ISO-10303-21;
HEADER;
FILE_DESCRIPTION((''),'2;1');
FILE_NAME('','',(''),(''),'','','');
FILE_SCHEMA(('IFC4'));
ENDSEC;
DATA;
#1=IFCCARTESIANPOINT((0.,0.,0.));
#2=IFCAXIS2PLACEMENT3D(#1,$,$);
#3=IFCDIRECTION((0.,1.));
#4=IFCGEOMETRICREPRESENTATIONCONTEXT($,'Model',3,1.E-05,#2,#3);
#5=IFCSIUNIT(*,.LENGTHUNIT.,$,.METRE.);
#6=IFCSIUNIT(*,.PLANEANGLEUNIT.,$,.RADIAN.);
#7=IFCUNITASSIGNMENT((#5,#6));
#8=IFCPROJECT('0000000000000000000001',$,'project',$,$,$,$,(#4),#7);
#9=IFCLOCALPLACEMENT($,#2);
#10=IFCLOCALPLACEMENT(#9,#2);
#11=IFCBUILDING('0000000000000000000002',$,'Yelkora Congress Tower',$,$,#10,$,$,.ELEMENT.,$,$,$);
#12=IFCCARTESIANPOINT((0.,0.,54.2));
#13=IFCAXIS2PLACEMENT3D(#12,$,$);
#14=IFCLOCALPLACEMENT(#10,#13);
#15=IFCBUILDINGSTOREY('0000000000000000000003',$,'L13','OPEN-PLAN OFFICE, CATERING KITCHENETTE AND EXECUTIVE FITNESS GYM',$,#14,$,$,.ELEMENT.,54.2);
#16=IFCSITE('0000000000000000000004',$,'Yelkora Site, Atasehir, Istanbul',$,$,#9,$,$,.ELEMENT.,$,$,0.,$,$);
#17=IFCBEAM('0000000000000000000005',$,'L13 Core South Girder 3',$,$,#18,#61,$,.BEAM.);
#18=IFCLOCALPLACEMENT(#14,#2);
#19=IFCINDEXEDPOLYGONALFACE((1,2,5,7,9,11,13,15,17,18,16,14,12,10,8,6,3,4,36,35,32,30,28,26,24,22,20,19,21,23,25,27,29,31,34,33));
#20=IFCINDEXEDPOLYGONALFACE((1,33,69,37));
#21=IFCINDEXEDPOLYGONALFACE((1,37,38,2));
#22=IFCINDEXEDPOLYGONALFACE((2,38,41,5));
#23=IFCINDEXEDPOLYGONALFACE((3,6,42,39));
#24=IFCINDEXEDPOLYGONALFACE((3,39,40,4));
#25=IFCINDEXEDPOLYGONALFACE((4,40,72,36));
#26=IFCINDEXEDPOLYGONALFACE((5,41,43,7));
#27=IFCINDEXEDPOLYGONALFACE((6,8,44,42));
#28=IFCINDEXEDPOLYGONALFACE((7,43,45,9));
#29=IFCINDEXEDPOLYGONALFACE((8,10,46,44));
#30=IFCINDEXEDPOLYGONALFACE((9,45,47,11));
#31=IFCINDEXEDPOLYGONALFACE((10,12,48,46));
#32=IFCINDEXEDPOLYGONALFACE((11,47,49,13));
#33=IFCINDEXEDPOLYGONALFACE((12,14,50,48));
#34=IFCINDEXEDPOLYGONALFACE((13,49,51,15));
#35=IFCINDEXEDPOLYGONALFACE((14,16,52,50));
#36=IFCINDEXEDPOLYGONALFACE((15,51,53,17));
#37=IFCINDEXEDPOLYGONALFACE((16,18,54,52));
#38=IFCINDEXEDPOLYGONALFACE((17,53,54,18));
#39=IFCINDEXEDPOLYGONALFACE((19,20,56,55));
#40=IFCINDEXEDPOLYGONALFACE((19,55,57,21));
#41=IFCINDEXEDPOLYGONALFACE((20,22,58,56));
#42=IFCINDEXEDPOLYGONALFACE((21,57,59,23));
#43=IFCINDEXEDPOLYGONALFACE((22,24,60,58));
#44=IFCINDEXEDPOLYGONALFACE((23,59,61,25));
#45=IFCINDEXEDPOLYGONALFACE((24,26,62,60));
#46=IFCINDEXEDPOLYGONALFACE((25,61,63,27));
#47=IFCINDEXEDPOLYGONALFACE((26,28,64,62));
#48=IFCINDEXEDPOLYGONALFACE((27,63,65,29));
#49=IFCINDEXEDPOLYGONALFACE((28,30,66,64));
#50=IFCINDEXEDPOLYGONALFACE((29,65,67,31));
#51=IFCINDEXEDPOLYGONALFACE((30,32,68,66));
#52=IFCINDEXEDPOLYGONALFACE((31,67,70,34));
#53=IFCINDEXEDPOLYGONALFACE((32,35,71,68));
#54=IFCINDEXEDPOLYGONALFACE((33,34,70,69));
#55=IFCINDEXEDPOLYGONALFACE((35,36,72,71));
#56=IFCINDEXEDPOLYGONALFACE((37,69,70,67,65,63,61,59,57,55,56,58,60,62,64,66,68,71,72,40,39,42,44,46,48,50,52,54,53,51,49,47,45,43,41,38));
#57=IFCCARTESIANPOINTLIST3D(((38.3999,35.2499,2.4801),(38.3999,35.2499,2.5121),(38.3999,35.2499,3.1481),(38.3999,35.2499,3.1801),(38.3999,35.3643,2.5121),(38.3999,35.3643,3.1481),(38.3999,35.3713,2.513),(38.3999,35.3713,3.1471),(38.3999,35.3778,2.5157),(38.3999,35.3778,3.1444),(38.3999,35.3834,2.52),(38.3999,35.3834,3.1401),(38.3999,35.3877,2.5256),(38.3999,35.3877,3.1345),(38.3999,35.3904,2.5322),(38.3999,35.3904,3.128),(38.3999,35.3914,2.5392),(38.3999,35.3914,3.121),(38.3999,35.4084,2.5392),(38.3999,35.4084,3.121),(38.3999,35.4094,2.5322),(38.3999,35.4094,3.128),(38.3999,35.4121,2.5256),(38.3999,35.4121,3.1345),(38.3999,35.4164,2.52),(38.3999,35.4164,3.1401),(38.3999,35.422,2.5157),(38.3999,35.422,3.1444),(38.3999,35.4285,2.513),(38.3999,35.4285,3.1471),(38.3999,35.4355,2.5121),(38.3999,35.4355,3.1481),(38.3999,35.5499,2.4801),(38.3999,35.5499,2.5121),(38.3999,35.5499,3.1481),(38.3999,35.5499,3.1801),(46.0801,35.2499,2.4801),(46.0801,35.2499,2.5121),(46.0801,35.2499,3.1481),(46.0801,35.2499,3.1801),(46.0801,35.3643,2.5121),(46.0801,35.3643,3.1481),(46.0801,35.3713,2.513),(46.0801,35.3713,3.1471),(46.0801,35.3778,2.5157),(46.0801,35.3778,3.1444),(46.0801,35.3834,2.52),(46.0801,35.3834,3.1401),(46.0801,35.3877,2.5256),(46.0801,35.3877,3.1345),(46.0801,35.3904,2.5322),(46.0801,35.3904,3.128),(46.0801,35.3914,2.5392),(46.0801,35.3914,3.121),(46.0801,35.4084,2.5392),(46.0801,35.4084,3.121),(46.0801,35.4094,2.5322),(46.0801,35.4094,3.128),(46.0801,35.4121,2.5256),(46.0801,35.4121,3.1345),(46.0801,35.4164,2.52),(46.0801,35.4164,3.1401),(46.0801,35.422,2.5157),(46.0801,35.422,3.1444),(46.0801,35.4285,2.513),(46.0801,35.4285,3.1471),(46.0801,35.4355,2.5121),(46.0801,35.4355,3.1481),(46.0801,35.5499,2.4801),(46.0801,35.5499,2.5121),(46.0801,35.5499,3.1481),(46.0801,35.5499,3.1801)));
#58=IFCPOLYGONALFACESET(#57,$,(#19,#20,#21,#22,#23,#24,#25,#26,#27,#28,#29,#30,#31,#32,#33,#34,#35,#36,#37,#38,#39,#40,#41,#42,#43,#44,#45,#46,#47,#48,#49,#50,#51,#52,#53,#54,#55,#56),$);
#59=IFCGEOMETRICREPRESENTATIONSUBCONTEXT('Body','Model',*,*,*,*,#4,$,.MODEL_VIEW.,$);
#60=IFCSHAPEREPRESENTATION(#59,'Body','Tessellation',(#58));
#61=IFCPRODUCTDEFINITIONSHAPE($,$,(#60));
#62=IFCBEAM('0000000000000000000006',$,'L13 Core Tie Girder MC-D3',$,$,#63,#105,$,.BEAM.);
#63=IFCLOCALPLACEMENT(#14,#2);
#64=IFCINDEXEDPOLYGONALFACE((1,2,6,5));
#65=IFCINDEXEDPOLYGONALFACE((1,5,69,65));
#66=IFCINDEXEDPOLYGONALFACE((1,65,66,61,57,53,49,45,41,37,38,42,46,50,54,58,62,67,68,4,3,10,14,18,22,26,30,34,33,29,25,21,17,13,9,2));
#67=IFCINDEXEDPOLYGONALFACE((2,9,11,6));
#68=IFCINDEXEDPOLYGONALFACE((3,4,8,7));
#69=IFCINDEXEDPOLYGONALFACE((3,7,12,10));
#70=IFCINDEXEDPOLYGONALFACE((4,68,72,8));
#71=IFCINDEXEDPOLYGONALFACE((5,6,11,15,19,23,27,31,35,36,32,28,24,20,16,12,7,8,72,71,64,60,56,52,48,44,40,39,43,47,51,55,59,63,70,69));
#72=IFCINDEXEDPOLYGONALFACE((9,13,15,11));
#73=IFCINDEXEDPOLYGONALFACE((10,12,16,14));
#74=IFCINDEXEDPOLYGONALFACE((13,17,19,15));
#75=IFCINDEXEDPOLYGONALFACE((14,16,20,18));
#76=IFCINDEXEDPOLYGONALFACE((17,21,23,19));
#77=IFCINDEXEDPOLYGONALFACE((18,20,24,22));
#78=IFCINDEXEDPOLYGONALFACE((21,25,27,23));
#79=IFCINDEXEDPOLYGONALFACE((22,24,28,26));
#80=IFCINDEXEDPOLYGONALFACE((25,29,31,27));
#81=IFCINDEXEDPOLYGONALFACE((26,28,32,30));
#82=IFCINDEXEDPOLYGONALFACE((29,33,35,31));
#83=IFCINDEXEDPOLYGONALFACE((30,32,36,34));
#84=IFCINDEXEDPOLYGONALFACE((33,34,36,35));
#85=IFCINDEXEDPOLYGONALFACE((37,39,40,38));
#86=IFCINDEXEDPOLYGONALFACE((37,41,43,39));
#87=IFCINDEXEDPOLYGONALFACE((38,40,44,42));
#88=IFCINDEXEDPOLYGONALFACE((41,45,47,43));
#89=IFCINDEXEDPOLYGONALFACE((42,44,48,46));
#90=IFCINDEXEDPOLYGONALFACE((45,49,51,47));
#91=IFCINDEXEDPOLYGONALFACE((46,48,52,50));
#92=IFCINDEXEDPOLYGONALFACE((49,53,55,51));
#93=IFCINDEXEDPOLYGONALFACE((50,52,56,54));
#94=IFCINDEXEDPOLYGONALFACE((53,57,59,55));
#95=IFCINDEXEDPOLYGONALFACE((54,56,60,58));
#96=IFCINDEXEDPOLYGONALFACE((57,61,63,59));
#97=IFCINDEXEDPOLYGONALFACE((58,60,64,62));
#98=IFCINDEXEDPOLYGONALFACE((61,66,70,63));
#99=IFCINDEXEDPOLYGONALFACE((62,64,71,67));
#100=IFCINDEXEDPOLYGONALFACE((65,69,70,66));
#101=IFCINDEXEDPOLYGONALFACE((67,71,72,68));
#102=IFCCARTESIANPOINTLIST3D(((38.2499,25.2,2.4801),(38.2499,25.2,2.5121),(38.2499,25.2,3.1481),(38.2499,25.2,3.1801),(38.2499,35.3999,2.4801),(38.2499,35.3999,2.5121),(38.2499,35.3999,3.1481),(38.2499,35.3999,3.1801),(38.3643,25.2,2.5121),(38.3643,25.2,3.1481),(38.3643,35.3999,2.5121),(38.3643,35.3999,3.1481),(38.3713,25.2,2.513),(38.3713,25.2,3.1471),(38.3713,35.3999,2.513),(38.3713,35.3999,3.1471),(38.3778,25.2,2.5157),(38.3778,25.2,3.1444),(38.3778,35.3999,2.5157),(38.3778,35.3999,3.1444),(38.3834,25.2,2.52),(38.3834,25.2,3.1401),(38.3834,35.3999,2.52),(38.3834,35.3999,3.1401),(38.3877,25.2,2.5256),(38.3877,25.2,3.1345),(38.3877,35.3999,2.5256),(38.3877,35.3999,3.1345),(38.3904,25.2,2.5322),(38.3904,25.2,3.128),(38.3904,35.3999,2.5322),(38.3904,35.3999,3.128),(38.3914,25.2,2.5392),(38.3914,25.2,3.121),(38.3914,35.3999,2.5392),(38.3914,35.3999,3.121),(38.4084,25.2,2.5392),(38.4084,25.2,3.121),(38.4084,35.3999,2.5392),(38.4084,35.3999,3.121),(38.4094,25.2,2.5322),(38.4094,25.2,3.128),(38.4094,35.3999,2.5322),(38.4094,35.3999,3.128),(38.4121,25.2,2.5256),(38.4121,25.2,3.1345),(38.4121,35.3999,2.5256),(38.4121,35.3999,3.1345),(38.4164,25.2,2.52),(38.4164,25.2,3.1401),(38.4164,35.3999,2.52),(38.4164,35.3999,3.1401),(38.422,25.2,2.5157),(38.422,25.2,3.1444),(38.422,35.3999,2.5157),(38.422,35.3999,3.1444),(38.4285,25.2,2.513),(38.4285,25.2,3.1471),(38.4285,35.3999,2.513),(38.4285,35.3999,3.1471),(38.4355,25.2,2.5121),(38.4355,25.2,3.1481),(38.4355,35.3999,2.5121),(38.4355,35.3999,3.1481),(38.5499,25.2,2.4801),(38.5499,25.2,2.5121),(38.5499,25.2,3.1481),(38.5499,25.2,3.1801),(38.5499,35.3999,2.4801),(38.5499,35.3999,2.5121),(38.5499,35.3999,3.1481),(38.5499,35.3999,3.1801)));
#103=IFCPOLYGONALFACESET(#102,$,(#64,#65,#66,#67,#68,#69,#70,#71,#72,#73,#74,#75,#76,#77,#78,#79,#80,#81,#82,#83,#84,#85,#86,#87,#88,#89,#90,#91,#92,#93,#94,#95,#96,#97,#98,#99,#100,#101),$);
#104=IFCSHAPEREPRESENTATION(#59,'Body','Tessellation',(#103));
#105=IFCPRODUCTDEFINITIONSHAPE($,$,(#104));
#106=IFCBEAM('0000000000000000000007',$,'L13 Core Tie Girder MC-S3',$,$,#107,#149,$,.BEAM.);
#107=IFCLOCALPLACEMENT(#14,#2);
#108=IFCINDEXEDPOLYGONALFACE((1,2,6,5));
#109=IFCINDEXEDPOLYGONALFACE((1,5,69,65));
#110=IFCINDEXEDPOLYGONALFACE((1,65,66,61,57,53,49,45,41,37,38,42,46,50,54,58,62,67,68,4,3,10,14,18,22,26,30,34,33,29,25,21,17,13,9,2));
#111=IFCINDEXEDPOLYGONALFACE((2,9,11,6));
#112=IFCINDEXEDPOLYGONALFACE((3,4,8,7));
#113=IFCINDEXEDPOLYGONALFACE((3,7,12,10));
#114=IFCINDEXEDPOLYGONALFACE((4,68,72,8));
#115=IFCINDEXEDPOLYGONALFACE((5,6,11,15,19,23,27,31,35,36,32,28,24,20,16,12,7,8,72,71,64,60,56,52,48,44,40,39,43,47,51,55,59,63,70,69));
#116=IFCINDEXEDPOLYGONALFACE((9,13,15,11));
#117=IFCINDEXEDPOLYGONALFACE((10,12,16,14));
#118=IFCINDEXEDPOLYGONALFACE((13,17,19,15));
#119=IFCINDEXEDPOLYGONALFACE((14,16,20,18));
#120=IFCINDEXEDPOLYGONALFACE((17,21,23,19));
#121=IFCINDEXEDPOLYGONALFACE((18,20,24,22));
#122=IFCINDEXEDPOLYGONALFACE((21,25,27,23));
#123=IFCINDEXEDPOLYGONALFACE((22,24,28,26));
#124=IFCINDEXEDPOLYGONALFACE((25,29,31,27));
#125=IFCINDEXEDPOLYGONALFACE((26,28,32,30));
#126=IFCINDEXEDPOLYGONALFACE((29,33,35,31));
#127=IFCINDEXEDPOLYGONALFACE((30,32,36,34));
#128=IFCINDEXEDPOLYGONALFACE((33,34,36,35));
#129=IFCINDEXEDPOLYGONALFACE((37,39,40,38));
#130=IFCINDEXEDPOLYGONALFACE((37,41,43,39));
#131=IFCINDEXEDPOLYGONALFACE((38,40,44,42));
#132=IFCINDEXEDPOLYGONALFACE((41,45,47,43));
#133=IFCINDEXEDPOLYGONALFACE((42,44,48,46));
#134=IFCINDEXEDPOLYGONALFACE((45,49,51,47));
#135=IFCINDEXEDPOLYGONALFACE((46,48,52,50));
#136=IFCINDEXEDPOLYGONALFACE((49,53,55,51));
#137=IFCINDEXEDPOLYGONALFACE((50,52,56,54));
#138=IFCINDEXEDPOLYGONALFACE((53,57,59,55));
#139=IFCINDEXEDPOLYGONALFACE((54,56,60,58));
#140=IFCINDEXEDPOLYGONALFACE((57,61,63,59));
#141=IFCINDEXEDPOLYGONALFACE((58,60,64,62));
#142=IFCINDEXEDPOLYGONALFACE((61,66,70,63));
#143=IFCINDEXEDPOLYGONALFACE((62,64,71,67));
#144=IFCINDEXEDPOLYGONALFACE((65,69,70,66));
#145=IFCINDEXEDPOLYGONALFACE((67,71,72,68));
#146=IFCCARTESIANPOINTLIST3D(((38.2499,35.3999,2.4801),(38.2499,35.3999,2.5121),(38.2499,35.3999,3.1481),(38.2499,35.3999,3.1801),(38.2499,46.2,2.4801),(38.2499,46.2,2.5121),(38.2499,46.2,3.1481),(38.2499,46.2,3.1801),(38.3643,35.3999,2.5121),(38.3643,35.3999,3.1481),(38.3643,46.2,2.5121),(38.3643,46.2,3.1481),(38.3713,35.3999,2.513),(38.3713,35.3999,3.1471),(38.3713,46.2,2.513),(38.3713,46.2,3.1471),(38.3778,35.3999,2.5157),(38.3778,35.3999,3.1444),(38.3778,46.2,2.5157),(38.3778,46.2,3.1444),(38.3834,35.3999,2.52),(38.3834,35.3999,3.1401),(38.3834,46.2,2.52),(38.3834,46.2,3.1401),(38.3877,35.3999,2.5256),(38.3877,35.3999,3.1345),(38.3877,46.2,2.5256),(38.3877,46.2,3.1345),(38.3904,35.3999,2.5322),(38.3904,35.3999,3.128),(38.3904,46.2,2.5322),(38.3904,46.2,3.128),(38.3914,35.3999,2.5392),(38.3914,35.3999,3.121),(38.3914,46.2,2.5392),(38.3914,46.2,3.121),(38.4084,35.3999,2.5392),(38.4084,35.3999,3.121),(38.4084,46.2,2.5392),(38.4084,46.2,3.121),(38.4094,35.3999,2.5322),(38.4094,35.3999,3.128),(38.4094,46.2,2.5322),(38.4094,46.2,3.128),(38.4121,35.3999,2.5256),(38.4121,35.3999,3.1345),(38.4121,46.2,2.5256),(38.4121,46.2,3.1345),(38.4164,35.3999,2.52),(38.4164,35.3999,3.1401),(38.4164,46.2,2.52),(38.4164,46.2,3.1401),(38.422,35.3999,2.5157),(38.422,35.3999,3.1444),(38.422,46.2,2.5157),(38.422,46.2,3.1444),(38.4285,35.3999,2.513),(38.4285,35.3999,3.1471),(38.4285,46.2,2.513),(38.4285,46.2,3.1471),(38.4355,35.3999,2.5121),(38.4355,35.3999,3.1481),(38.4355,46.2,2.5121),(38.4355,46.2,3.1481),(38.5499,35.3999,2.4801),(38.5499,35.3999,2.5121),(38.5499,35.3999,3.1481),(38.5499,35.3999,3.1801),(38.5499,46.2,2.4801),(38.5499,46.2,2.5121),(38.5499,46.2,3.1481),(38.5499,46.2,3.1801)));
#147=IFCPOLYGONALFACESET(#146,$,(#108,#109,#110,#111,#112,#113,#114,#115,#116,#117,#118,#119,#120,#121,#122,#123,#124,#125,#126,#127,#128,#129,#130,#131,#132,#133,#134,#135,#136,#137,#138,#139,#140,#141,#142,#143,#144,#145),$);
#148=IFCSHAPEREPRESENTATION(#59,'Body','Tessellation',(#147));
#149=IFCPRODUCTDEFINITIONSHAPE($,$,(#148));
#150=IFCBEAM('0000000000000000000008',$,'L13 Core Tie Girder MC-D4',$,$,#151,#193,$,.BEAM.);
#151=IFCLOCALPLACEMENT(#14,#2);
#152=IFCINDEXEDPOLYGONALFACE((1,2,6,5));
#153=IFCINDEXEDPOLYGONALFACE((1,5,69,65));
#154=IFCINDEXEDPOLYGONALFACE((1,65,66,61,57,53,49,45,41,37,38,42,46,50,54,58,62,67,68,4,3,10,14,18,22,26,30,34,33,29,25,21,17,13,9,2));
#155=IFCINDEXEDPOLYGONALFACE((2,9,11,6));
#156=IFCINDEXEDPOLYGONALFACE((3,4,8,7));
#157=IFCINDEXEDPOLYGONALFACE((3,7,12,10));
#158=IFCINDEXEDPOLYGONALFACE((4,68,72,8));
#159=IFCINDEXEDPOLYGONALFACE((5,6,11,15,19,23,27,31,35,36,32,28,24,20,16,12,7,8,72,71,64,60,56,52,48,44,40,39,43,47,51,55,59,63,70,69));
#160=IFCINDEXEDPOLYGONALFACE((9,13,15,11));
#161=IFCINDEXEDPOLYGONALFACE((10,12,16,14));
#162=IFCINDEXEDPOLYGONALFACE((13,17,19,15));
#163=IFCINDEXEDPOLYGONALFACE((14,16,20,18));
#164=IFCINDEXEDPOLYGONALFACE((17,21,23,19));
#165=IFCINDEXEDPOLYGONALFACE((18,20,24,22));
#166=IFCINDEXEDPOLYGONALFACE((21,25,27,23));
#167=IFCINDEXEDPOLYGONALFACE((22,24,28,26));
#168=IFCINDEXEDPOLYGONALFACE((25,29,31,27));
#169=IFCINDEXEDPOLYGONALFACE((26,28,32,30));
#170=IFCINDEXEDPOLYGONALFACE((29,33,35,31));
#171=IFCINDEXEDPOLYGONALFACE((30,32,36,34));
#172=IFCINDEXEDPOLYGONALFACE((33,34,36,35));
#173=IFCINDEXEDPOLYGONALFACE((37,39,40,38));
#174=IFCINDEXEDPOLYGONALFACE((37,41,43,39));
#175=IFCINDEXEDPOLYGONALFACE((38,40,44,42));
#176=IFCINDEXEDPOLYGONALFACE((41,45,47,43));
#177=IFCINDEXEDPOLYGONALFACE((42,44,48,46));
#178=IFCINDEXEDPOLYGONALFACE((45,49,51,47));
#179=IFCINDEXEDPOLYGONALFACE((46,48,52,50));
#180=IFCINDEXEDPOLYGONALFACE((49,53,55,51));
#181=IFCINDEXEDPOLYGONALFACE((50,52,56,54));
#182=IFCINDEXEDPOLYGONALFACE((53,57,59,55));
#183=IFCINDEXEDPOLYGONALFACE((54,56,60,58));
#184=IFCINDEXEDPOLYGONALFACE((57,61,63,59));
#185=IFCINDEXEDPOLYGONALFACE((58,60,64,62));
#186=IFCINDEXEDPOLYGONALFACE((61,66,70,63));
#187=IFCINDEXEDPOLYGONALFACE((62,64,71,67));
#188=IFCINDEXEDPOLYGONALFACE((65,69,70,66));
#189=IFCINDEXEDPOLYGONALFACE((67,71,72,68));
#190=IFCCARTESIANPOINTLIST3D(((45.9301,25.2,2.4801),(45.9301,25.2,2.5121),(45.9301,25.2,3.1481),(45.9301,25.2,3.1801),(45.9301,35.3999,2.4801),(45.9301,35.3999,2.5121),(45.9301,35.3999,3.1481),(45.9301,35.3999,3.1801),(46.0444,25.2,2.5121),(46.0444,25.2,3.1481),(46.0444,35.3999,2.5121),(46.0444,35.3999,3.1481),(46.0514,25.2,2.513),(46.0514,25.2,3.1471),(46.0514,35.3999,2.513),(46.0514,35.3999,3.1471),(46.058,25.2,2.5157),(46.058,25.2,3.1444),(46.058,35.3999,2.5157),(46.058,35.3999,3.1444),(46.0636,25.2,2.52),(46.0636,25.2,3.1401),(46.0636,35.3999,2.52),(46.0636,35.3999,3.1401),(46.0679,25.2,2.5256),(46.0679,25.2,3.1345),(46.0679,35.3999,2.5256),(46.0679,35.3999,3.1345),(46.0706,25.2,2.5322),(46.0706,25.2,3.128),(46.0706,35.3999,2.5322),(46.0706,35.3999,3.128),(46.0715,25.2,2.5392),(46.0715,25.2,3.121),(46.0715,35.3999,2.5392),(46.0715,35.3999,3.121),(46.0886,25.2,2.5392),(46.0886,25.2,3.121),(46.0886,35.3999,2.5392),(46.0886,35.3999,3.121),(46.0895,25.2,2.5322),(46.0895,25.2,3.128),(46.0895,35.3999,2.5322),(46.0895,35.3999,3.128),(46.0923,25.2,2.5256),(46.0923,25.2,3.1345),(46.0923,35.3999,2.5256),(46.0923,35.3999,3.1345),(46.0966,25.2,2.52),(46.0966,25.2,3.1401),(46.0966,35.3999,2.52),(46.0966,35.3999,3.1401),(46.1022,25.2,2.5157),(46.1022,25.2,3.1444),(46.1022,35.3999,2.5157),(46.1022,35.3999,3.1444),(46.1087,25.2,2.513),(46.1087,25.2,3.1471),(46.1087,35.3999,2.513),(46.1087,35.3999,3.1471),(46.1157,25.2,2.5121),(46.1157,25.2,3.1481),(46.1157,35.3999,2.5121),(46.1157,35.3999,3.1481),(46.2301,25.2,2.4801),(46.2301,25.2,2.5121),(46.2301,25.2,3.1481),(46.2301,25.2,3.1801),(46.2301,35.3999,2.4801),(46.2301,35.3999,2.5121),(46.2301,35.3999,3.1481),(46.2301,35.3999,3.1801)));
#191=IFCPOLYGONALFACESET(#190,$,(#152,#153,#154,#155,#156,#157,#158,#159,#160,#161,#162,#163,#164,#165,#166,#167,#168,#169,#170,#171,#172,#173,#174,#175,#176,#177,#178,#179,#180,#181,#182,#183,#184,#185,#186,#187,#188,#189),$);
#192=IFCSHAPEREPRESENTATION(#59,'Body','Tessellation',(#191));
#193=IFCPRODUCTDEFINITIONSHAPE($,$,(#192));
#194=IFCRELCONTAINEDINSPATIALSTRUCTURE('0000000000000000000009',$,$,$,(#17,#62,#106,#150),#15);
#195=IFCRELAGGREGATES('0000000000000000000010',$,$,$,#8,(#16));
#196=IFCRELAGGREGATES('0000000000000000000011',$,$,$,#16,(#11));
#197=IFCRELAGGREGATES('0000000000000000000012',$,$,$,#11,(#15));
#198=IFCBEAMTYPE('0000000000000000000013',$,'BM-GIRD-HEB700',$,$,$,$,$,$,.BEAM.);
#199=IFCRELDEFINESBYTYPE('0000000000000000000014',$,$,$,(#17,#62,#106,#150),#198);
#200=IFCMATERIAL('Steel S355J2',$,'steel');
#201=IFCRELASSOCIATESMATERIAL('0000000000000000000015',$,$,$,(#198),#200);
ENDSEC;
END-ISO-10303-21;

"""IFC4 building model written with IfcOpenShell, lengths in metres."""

from ifc_helpers import new_model, si_unit, direction, frame, origin, origin_2d, place, context, subcontext, project, spatial, i_section, extrude, material, material_profile, profile_set, type_object, element, save


model = new_model("IFC4")

# Units and contexts
model_context = context("Model", 3, precision=1e-05, world=origin(), true_north=direction((0.0, 1.0)))
body_context = subcontext(model_context, "Body", "Model", "MODEL_VIEW")
ifc_project = project(units=[si_unit("LENGTHUNIT", "METRE"), si_unit("PLANEANGLEUNIT", "RADIAN")], contexts=[model_context])

# Site, building, storey
site_placement = place(None, origin())
site = spatial("IfcSite", under=ifc_project, at=site_placement, Name="Yelkora Site, Atasehir, Istanbul", CompositionType="ELEMENT", RefElevation=0.0)
building_placement = place(site_placement, origin())
building = spatial("IfcBuilding", under=site, at=building_placement, Name="Yelkora Congress Tower", CompositionType="ELEMENT")
storey_placement = place(building_placement, frame((0.0, 0.0, 54.2)))
storey = spatial("IfcBuildingStorey", under=building, at=storey_placement, Name="L13", Description="OPEN-PLAN OFFICE, CATERING KITCHENETTE AND EXECUTIVE FITNESS GYM", CompositionType="ELEMENT", Elevation=54.2)

# Beams
ifc_material_1 = material(Name="Steel S355J2", Category="steel")
ifc_material_profile_1 = material_profile(ifc_material_1, i_section(OverallWidth=0.3, OverallDepth=0.7, WebThickness=0.0171, FlangeThickness=0.032, FilletRadius=0.0271, at=origin_2d()), Name="HEB 700")
ifc_profile_set_1 = profile_set([ifc_material_profile_1], Name="Steel S355J2")
beam_type_1 = type_object("IfcBeamType", Name="BM-GIRD-HEB700", PredefinedType="BEAM", material=ifc_profile_set_1)
beam_1_placement = place(storey_placement, frame((38.3999, 35.3999, 2.8301), z_axis=(1.0, 0.0, 0.0), x_axis=(0.0, 1.0, 0.0)))
element("IfcBeam", 1, at=beam_1_placement, inside=storey, type_object=beam_type_1, Name="L13 Core South Girder 3", PredefinedType="BEAM", context=body_context, shape_type="SweptSolid", body=[
    extrude(i_section(OverallWidth=0.3, OverallDepth=0.7, WebThickness=0.0171, FlangeThickness=0.032, FilletRadius=0.0271, at=origin_2d()), origin(), (0.0, 0.0, 1.0), 7.6802),
])
beam_2_placement = place(storey_placement, frame((38.3999, 25.2, 2.8301), z_axis=(0.0, 1.0, 0.0), x_axis=(-1.0, 0.0, 0.0)))
element("IfcBeam", 2, at=beam_2_placement, inside=storey, type_object=beam_type_1, Name="L13 Core Tie Girder MC-D3", PredefinedType="BEAM", context=body_context, shape_type="SweptSolid", body=[
    extrude(i_section(OverallWidth=0.3, OverallDepth=0.7, WebThickness=0.0171, FlangeThickness=0.032, FilletRadius=0.0271, at=origin_2d()), origin(), (0.0, 0.0, 1.0), 10.2),
])
beam_3_placement = place(storey_placement, frame((38.3999, 35.3999, 2.8301), z_axis=(0.0, 1.0, 0.0), x_axis=(-1.0, 0.0, 0.0)))
element("IfcBeam", 3, at=beam_3_placement, inside=storey, type_object=beam_type_1, Name="L13 Core Tie Girder MC-S3", PredefinedType="BEAM", context=body_context, shape_type="SweptSolid", body=[
    extrude(i_section(OverallWidth=0.3, OverallDepth=0.7, WebThickness=0.0171, FlangeThickness=0.032, FilletRadius=0.0271, at=origin_2d()), origin(), (0.0, 0.0, 1.0), 10.8),
])
for number, where, z_axis, x_axis, name in (
    (4, (46.0801, 25.2, 2.8301), (0.0, 1.0, 0.0), (-1.0, 0.0, 0.0), "L13 Core Tie Girder MC-D4"),
):
    element("IfcBeam", number, at=place(storey_placement, frame(where, z_axis=z_axis, x_axis=x_axis)), inside=storey, type_object=beam_type_1, Name=name, PredefinedType="BEAM", context=body_context, shape_type="SweptSolid", body=[
        extrude(i_section(OverallWidth=0.3, OverallDepth=0.7, WebThickness=0.0171, FlangeThickness=0.032, FilletRadius=0.0271, at=origin_2d()), origin(), (0.0, 0.0, 1.0), 10.2),
    ])

save(model, "model.ifc")
